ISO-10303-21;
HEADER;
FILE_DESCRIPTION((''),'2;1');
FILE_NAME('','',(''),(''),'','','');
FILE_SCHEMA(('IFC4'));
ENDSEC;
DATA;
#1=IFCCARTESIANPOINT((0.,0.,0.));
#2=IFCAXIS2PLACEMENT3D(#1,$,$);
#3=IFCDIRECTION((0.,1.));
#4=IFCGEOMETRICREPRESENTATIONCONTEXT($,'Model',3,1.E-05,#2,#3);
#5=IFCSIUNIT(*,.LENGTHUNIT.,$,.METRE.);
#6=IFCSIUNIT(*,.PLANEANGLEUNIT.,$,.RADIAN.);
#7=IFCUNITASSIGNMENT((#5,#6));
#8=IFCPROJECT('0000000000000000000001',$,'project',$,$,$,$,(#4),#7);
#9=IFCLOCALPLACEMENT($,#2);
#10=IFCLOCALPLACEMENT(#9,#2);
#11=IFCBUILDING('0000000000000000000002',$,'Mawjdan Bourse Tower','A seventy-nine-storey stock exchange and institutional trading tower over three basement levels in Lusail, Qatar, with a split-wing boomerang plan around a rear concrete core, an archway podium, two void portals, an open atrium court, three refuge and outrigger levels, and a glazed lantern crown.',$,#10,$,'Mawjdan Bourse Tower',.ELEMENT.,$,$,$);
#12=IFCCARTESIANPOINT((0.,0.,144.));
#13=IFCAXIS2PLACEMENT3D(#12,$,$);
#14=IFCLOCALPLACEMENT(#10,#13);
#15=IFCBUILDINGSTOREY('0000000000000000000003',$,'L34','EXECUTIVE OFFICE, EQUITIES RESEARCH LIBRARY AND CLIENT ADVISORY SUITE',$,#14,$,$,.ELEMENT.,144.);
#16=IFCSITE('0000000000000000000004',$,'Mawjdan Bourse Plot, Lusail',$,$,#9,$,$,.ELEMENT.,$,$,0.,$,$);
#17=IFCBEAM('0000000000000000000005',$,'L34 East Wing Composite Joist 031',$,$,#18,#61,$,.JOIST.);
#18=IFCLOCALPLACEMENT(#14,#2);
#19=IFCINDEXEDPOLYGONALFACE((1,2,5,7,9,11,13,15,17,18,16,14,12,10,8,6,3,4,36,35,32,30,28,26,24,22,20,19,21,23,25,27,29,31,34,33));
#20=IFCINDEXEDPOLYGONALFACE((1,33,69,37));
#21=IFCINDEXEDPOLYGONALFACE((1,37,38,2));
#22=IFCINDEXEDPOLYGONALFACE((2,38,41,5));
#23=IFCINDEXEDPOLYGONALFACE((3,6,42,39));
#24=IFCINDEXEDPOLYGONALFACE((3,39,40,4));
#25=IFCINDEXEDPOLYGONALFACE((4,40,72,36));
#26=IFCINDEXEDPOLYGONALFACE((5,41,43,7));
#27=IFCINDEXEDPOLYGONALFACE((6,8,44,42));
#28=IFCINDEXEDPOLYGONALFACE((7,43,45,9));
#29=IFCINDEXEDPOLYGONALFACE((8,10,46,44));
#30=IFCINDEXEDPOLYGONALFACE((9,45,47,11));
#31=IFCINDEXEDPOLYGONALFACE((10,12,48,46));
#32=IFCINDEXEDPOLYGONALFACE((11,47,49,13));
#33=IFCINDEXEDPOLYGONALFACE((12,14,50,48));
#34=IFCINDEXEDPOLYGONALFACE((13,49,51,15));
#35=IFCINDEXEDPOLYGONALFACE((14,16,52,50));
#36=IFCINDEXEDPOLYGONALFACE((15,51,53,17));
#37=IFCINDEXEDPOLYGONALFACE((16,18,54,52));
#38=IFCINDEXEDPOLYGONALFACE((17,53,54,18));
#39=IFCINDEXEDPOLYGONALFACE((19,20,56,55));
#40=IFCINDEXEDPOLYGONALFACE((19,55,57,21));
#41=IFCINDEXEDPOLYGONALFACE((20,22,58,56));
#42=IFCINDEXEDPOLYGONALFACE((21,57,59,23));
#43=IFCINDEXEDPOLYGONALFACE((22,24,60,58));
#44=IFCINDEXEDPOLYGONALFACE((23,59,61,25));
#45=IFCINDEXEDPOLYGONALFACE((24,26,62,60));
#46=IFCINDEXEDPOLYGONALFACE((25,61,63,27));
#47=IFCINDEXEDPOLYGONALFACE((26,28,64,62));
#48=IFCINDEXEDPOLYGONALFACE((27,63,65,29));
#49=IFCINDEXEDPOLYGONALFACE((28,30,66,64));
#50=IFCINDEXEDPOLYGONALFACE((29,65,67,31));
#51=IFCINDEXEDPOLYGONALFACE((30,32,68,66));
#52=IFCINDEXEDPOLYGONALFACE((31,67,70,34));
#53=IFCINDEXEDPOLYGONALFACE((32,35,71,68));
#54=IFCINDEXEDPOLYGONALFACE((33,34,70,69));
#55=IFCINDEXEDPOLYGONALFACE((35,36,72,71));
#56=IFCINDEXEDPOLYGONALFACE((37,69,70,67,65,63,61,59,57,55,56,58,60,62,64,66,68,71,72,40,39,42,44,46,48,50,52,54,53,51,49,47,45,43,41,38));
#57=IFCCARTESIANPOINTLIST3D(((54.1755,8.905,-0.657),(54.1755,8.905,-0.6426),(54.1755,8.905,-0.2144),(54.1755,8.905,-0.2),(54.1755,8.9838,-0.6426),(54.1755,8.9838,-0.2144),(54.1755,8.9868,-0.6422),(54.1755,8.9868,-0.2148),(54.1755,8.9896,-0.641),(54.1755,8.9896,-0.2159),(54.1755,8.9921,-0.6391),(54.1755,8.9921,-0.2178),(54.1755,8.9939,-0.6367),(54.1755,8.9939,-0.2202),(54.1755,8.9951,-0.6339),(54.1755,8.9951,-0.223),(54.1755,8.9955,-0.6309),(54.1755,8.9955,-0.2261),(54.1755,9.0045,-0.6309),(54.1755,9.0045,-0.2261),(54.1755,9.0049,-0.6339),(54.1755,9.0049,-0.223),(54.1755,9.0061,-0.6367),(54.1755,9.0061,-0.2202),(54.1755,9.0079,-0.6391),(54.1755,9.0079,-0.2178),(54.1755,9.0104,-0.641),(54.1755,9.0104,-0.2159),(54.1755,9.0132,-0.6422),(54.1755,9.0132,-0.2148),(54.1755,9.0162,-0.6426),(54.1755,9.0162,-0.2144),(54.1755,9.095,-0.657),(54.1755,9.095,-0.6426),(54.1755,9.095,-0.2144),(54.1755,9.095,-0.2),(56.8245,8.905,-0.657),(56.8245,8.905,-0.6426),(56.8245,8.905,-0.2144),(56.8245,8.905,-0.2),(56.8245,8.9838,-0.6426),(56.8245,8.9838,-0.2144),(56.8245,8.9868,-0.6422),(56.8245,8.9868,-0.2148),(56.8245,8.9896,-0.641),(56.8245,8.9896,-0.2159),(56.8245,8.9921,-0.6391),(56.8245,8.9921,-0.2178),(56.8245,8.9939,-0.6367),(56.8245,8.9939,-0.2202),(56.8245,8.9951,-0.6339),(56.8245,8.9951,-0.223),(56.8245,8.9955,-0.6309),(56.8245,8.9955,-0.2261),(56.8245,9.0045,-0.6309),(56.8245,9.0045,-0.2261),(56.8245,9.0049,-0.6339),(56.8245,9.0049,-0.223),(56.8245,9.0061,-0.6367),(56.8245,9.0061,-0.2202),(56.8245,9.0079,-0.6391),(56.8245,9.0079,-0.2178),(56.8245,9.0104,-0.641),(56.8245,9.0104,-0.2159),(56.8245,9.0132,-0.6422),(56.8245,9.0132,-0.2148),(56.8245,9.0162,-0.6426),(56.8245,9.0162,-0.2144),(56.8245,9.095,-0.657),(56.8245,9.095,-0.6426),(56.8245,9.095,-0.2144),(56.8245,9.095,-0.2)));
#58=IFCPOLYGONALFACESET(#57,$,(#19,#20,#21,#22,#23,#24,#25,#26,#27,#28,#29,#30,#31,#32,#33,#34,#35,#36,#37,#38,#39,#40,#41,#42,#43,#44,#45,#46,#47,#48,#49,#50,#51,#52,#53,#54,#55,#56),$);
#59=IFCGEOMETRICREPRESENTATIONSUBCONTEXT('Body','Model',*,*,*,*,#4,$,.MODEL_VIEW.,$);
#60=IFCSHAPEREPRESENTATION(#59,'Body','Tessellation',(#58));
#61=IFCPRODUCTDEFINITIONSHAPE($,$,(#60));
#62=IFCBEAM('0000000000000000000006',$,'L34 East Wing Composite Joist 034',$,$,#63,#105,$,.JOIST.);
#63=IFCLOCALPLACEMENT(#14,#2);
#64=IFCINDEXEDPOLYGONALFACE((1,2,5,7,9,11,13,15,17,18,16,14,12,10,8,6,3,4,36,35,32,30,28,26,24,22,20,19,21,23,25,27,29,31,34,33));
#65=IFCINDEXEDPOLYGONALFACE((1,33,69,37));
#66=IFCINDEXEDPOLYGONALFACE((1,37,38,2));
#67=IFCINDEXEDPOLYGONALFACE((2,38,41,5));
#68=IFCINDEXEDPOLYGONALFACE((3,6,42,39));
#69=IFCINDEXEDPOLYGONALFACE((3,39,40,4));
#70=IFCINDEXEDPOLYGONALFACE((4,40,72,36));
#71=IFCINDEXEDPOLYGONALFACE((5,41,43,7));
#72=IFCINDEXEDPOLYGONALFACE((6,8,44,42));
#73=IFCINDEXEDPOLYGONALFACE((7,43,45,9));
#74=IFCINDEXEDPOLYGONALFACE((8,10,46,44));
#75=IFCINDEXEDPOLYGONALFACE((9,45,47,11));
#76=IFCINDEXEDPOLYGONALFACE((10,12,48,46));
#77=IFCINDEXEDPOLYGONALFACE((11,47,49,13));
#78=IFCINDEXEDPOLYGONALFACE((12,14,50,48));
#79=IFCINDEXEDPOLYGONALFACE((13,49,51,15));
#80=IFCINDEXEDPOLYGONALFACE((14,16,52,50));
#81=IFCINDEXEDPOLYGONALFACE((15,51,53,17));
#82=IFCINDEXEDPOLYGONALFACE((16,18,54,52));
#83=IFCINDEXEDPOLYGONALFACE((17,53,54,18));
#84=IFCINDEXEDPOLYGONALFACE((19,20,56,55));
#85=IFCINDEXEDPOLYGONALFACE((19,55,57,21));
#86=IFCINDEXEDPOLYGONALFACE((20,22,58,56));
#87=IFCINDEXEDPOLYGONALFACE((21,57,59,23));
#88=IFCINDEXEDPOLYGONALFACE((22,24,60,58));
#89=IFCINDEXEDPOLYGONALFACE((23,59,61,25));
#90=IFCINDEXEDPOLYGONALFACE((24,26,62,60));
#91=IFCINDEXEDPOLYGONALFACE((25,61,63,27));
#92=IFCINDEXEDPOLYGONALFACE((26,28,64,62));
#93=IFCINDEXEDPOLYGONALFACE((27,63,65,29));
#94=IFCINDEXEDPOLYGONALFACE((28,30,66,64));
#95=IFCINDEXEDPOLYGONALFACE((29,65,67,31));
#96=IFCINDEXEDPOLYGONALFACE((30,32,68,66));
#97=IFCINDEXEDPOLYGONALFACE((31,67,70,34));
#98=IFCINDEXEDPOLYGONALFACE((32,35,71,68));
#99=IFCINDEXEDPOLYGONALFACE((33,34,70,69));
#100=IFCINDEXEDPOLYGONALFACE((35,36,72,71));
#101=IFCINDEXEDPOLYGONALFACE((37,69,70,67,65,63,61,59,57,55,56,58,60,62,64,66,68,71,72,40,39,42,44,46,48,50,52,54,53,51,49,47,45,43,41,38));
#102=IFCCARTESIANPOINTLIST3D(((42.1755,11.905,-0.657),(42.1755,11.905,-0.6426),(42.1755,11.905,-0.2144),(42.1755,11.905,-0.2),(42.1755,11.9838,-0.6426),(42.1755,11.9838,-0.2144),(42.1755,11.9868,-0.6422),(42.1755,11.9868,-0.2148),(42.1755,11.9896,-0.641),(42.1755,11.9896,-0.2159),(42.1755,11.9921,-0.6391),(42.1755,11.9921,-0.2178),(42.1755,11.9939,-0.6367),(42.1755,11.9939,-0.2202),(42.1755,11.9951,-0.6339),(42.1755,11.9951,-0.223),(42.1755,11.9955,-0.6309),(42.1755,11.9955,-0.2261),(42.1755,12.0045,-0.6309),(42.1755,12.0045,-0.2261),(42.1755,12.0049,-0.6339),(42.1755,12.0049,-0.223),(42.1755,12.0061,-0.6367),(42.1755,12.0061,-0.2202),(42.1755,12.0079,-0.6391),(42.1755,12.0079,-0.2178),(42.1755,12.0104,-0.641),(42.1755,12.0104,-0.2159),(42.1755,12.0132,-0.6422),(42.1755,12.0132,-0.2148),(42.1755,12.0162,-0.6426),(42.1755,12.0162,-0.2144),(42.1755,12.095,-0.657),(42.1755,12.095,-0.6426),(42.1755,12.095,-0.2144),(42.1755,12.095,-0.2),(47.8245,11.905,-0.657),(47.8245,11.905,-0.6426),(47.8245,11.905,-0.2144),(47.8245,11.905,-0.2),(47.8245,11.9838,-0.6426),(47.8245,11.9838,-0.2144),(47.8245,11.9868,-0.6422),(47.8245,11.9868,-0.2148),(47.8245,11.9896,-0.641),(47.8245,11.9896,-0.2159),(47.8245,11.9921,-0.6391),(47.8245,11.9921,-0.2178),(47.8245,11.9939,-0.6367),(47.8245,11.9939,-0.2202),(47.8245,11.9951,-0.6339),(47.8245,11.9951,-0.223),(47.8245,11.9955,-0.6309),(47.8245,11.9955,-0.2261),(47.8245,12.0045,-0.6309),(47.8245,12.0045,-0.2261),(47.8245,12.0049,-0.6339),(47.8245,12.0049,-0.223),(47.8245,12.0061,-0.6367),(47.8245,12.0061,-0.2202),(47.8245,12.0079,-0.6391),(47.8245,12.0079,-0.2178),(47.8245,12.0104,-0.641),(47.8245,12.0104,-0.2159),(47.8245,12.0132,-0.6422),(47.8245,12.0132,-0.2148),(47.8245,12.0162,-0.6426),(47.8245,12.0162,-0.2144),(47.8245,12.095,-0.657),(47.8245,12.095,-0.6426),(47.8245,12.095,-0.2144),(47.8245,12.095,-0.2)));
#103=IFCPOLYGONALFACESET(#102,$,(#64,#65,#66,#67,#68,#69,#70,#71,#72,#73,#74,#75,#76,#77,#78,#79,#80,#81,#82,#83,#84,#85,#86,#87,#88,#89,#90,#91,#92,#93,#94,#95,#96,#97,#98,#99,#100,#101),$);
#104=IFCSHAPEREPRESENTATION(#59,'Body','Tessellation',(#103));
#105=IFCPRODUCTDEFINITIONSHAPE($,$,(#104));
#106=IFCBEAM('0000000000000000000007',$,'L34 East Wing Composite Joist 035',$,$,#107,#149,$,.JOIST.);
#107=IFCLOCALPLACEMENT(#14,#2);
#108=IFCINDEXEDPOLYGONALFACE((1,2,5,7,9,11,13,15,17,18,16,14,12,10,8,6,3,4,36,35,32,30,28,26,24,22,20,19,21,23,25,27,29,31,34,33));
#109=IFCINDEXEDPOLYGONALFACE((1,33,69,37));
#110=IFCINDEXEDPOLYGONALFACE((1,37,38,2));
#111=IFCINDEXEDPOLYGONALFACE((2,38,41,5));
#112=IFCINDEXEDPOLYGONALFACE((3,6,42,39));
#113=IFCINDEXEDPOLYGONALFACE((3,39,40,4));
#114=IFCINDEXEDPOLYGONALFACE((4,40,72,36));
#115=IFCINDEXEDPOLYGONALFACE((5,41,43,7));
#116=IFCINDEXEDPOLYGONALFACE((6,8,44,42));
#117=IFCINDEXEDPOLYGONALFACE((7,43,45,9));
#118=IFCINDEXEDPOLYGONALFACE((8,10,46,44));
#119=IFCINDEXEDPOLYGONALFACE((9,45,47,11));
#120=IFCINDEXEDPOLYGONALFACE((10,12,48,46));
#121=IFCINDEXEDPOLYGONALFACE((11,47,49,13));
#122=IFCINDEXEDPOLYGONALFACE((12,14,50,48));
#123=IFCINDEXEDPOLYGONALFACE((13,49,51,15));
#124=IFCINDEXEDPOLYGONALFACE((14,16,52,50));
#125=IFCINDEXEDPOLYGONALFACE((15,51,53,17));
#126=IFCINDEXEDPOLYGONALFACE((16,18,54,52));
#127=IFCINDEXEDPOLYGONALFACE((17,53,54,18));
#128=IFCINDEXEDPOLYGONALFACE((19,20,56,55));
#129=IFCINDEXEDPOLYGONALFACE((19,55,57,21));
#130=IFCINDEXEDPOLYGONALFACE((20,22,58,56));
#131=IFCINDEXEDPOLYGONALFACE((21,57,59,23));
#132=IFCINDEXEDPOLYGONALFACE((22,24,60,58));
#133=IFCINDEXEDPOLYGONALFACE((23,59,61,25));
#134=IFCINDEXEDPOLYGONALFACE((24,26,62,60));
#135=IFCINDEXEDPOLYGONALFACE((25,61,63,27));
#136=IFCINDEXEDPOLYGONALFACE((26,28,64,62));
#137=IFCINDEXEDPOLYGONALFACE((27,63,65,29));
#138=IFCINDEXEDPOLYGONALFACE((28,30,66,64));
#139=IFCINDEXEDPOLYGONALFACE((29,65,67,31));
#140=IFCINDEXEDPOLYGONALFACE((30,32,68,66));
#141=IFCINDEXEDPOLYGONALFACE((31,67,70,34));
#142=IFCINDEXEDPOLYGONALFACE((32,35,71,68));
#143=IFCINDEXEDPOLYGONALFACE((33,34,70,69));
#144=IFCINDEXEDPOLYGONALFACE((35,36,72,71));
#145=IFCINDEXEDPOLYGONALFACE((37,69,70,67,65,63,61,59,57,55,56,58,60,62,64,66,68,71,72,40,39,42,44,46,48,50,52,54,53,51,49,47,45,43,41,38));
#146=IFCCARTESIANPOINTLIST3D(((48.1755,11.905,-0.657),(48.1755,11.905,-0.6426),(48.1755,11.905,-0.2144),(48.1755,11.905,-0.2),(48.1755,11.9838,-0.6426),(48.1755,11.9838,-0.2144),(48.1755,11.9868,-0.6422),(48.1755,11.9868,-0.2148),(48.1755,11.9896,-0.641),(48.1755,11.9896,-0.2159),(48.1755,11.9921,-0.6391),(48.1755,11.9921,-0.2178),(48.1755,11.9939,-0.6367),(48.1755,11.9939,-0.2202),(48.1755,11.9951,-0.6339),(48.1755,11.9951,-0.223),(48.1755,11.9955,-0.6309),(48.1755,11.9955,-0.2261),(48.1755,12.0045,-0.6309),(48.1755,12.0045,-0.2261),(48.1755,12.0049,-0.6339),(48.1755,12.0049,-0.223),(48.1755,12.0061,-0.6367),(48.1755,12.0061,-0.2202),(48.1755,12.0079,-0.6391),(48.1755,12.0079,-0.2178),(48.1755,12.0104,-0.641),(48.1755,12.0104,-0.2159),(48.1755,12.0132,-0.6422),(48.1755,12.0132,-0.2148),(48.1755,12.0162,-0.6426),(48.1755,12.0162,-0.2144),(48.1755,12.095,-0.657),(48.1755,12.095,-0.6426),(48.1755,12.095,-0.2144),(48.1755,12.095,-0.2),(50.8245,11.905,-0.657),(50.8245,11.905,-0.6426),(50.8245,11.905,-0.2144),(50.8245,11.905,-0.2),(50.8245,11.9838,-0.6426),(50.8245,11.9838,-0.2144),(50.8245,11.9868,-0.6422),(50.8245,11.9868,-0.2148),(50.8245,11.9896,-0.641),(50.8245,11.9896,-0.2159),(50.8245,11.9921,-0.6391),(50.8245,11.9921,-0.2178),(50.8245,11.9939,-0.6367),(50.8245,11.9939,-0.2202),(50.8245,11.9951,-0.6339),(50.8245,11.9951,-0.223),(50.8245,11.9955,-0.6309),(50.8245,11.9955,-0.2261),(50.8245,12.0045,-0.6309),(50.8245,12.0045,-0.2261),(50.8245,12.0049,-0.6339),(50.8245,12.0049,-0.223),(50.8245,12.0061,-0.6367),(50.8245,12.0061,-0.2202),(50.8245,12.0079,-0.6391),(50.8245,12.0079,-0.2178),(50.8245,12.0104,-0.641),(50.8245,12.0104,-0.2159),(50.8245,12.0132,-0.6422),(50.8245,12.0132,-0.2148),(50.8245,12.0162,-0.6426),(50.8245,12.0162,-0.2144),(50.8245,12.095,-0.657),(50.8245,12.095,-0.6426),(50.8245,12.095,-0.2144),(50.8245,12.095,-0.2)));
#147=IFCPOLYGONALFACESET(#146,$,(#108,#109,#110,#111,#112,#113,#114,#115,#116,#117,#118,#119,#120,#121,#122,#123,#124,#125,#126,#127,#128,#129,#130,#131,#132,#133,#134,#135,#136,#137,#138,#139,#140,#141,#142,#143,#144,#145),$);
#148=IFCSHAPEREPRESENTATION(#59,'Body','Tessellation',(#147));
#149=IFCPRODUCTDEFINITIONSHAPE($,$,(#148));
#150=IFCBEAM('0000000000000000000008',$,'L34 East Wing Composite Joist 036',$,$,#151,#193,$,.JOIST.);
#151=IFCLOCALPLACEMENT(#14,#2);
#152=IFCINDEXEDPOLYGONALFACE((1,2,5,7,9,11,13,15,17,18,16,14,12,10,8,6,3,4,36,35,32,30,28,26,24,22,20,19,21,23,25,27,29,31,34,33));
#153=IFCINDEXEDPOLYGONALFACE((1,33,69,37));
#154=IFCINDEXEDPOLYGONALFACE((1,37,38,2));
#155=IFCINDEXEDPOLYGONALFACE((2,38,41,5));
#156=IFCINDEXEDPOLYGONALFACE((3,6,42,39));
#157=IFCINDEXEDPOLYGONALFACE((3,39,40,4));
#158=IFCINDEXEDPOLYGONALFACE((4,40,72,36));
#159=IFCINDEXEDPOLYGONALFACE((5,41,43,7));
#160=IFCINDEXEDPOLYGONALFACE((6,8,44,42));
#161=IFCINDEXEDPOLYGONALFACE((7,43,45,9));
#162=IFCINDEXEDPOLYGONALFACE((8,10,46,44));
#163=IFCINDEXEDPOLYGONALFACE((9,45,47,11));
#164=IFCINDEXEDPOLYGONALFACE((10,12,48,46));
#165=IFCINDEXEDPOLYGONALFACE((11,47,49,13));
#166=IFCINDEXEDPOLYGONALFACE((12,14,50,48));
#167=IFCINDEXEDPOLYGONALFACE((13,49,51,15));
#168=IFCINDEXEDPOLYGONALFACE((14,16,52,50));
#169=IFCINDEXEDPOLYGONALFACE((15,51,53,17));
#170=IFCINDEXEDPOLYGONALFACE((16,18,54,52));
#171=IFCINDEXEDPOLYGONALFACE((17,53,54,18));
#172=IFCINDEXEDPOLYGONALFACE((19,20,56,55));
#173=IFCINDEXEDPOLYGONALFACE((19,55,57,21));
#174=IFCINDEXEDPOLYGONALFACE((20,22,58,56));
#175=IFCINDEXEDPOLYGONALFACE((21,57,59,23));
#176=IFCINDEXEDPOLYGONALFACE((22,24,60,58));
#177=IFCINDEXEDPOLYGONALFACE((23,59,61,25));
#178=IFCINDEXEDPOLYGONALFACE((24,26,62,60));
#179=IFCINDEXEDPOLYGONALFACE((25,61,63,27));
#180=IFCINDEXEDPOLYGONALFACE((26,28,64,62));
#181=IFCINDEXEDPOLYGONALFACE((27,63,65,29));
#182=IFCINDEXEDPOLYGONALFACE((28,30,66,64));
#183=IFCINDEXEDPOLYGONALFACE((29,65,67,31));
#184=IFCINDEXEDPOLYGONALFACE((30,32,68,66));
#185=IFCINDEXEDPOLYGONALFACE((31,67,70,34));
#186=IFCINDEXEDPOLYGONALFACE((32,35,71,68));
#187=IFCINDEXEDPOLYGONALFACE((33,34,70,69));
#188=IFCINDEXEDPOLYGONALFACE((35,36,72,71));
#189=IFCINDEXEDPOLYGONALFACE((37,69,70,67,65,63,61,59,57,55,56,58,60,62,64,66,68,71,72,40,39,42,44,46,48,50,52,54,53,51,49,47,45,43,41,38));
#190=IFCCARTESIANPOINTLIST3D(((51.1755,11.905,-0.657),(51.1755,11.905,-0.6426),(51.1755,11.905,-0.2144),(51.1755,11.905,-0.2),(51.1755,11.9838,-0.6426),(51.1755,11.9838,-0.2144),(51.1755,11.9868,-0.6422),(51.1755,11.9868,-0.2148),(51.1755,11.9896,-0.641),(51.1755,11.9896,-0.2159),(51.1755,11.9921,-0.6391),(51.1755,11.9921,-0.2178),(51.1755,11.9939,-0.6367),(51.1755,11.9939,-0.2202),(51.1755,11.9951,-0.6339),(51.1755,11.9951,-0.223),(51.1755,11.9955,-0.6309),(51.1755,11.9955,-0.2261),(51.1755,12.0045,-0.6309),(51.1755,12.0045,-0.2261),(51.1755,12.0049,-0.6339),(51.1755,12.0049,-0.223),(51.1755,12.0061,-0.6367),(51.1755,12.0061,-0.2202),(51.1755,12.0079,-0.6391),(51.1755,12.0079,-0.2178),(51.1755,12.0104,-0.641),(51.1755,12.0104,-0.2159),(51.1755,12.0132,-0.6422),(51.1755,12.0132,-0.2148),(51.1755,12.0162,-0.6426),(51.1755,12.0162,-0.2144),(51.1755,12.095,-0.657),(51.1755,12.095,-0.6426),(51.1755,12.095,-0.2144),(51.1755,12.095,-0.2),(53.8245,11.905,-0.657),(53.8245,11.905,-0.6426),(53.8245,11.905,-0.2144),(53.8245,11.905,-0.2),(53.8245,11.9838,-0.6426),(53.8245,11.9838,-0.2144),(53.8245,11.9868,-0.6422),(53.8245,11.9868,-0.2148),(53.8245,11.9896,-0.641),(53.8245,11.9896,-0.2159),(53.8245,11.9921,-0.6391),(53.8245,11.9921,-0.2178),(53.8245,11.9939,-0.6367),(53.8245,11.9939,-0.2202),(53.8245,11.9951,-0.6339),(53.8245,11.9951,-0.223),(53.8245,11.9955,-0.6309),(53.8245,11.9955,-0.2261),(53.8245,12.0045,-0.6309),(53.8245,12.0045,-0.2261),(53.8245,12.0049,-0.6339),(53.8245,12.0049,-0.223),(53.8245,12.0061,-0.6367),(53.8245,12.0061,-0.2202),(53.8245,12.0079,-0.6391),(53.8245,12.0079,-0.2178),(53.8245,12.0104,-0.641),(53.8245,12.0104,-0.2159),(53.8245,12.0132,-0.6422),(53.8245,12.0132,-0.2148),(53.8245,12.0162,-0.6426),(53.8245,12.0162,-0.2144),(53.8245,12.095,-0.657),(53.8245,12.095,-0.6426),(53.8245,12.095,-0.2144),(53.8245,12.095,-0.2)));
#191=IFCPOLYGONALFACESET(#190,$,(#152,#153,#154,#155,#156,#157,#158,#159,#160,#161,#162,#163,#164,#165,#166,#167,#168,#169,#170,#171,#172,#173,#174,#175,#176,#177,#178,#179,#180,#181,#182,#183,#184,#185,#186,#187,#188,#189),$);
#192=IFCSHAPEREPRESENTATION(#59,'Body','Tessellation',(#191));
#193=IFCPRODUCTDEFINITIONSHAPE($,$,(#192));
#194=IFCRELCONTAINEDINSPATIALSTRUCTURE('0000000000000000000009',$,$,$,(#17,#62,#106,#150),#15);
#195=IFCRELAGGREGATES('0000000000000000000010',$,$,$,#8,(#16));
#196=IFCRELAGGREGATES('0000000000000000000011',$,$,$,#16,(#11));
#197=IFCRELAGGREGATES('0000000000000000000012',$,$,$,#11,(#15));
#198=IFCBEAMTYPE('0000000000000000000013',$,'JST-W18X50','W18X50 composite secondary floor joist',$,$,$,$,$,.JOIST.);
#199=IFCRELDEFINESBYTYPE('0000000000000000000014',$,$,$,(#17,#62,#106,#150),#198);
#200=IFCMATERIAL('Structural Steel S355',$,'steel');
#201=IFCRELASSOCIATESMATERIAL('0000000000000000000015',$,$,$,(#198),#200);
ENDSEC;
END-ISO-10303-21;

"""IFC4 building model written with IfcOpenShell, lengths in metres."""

from ifc_helpers import new_model, si_unit, direction, frame, origin, origin_2d, place, context, subcontext, project, spatial, i_section, extrude, material, material_profile, profile_set, type_object, element, save


model = new_model("IFC4")

# Units and contexts
model_context = context("Model", 3, precision=1e-05, world=origin(), true_north=direction((0.0, 1.0)))
body_context = subcontext(model_context, "Body", "Model", "MODEL_VIEW")
ifc_project = project(units=[si_unit("LENGTHUNIT", "METRE"), si_unit("PLANEANGLEUNIT", "RADIAN")], contexts=[model_context])

# Site, building, storey
site_placement = place(None, origin())
site = spatial("IfcSite", under=ifc_project, at=site_placement, Name="Mawjdan Bourse Plot, Lusail", CompositionType="ELEMENT", RefElevation=0.0)
building_placement = place(site_placement, origin())
building = spatial("IfcBuilding", under=site, at=building_placement, Name="Mawjdan Bourse Tower", Description="A seventy-nine-storey stock exchange and institutional trading tower over three basement levels in Lusail, Qatar, with a split-wing boomerang plan around a rear concrete core, an archway podium, two void portals, an open atrium court, three refuge and outrigger levels, and a glazed lantern crown.", LongName="Mawjdan Bourse Tower", CompositionType="ELEMENT")
storey_placement = place(building_placement, frame((0.0, 0.0, 144.0)))
storey = spatial("IfcBuildingStorey", under=building, at=storey_placement, Name="L34", Description="EXECUTIVE OFFICE, EQUITIES RESEARCH LIBRARY AND CLIENT ADVISORY SUITE", CompositionType="ELEMENT", Elevation=144.0)

# Beams
ifc_material_1 = material(Name="Structural Steel S355", Category="steel")
ifc_material_profile_1 = material_profile(ifc_material_1, i_section(OverallWidth=0.1899, OverallDepth=0.457, WebThickness=0.009, FlangeThickness=0.0144, FilletRadius=0.0117, at=origin_2d()), Name="W18X50")
ifc_profile_set_1 = profile_set([ifc_material_profile_1], Name="Structural Steel S355")
beam_type_1 = type_object("IfcBeamType", Name="JST-W18X50", Description="W18X50 composite secondary floor joist", PredefinedType="JOIST", material=ifc_profile_set_1)
for number, where, z_axis, x_axis, name in (
    (1, (54.1755, 9.0, -0.4285), (1.0, 0.0, 0.0), (0.0, 1.0, 0.0), "L34 East Wing Composite Joist 031"),
):
    element("IfcBeam", number, at=place(storey_placement, frame(where, z_axis=z_axis, x_axis=x_axis)), inside=storey, type_object=beam_type_1, Name=name, PredefinedType="JOIST", context=body_context, shape_type="SweptSolid", body=[
        extrude(i_section(OverallWidth=0.1899, OverallDepth=0.457, WebThickness=0.009, FlangeThickness=0.0144, FilletRadius=0.0117, at=origin_2d()), origin(), (0.0, 0.0, 1.0), 2.6489),
    ])
beam_1_placement = place(storey_placement, frame((42.1755, 12.0, -0.4285), z_axis=(1.0, 0.0, 0.0), x_axis=(0.0, 1.0, 0.0)))
element("IfcBeam", 2, at=beam_1_placement, inside=storey, type_object=beam_type_1, Name="L34 East Wing Composite Joist 034", PredefinedType="JOIST", context=body_context, shape_type="SweptSolid", body=[
    extrude(i_section(OverallWidth=0.1899, OverallDepth=0.457, WebThickness=0.009, FlangeThickness=0.0144, FilletRadius=0.0117, at=origin_2d()), origin(), (0.0, 0.0, 1.0), 5.6489),
])
for number, where, z_axis, x_axis, name in (
    (3, (48.1755, 12.0, -0.4285), (1.0, 0.0, 0.0), (0.0, 1.0, 0.0), "L34 East Wing Composite Joist 035"),
    (4, (51.1755, 12.0, -0.4285), (1.0, 0.0, 0.0), (0.0, 1.0, 0.0), "L34 East Wing Composite Joist 036"),
):
    element("IfcBeam", number, at=place(storey_placement, frame(where, z_axis=z_axis, x_axis=x_axis)), inside=storey, type_object=beam_type_1, Name=name, PredefinedType="JOIST", context=body_context, shape_type="SweptSolid", body=[
        extrude(i_section(OverallWidth=0.1899, OverallDepth=0.457, WebThickness=0.009, FlangeThickness=0.0144, FilletRadius=0.0117, at=origin_2d()), origin(), (0.0, 0.0, 1.0), 2.6489),
    ])

save(model, "model.ifc")
